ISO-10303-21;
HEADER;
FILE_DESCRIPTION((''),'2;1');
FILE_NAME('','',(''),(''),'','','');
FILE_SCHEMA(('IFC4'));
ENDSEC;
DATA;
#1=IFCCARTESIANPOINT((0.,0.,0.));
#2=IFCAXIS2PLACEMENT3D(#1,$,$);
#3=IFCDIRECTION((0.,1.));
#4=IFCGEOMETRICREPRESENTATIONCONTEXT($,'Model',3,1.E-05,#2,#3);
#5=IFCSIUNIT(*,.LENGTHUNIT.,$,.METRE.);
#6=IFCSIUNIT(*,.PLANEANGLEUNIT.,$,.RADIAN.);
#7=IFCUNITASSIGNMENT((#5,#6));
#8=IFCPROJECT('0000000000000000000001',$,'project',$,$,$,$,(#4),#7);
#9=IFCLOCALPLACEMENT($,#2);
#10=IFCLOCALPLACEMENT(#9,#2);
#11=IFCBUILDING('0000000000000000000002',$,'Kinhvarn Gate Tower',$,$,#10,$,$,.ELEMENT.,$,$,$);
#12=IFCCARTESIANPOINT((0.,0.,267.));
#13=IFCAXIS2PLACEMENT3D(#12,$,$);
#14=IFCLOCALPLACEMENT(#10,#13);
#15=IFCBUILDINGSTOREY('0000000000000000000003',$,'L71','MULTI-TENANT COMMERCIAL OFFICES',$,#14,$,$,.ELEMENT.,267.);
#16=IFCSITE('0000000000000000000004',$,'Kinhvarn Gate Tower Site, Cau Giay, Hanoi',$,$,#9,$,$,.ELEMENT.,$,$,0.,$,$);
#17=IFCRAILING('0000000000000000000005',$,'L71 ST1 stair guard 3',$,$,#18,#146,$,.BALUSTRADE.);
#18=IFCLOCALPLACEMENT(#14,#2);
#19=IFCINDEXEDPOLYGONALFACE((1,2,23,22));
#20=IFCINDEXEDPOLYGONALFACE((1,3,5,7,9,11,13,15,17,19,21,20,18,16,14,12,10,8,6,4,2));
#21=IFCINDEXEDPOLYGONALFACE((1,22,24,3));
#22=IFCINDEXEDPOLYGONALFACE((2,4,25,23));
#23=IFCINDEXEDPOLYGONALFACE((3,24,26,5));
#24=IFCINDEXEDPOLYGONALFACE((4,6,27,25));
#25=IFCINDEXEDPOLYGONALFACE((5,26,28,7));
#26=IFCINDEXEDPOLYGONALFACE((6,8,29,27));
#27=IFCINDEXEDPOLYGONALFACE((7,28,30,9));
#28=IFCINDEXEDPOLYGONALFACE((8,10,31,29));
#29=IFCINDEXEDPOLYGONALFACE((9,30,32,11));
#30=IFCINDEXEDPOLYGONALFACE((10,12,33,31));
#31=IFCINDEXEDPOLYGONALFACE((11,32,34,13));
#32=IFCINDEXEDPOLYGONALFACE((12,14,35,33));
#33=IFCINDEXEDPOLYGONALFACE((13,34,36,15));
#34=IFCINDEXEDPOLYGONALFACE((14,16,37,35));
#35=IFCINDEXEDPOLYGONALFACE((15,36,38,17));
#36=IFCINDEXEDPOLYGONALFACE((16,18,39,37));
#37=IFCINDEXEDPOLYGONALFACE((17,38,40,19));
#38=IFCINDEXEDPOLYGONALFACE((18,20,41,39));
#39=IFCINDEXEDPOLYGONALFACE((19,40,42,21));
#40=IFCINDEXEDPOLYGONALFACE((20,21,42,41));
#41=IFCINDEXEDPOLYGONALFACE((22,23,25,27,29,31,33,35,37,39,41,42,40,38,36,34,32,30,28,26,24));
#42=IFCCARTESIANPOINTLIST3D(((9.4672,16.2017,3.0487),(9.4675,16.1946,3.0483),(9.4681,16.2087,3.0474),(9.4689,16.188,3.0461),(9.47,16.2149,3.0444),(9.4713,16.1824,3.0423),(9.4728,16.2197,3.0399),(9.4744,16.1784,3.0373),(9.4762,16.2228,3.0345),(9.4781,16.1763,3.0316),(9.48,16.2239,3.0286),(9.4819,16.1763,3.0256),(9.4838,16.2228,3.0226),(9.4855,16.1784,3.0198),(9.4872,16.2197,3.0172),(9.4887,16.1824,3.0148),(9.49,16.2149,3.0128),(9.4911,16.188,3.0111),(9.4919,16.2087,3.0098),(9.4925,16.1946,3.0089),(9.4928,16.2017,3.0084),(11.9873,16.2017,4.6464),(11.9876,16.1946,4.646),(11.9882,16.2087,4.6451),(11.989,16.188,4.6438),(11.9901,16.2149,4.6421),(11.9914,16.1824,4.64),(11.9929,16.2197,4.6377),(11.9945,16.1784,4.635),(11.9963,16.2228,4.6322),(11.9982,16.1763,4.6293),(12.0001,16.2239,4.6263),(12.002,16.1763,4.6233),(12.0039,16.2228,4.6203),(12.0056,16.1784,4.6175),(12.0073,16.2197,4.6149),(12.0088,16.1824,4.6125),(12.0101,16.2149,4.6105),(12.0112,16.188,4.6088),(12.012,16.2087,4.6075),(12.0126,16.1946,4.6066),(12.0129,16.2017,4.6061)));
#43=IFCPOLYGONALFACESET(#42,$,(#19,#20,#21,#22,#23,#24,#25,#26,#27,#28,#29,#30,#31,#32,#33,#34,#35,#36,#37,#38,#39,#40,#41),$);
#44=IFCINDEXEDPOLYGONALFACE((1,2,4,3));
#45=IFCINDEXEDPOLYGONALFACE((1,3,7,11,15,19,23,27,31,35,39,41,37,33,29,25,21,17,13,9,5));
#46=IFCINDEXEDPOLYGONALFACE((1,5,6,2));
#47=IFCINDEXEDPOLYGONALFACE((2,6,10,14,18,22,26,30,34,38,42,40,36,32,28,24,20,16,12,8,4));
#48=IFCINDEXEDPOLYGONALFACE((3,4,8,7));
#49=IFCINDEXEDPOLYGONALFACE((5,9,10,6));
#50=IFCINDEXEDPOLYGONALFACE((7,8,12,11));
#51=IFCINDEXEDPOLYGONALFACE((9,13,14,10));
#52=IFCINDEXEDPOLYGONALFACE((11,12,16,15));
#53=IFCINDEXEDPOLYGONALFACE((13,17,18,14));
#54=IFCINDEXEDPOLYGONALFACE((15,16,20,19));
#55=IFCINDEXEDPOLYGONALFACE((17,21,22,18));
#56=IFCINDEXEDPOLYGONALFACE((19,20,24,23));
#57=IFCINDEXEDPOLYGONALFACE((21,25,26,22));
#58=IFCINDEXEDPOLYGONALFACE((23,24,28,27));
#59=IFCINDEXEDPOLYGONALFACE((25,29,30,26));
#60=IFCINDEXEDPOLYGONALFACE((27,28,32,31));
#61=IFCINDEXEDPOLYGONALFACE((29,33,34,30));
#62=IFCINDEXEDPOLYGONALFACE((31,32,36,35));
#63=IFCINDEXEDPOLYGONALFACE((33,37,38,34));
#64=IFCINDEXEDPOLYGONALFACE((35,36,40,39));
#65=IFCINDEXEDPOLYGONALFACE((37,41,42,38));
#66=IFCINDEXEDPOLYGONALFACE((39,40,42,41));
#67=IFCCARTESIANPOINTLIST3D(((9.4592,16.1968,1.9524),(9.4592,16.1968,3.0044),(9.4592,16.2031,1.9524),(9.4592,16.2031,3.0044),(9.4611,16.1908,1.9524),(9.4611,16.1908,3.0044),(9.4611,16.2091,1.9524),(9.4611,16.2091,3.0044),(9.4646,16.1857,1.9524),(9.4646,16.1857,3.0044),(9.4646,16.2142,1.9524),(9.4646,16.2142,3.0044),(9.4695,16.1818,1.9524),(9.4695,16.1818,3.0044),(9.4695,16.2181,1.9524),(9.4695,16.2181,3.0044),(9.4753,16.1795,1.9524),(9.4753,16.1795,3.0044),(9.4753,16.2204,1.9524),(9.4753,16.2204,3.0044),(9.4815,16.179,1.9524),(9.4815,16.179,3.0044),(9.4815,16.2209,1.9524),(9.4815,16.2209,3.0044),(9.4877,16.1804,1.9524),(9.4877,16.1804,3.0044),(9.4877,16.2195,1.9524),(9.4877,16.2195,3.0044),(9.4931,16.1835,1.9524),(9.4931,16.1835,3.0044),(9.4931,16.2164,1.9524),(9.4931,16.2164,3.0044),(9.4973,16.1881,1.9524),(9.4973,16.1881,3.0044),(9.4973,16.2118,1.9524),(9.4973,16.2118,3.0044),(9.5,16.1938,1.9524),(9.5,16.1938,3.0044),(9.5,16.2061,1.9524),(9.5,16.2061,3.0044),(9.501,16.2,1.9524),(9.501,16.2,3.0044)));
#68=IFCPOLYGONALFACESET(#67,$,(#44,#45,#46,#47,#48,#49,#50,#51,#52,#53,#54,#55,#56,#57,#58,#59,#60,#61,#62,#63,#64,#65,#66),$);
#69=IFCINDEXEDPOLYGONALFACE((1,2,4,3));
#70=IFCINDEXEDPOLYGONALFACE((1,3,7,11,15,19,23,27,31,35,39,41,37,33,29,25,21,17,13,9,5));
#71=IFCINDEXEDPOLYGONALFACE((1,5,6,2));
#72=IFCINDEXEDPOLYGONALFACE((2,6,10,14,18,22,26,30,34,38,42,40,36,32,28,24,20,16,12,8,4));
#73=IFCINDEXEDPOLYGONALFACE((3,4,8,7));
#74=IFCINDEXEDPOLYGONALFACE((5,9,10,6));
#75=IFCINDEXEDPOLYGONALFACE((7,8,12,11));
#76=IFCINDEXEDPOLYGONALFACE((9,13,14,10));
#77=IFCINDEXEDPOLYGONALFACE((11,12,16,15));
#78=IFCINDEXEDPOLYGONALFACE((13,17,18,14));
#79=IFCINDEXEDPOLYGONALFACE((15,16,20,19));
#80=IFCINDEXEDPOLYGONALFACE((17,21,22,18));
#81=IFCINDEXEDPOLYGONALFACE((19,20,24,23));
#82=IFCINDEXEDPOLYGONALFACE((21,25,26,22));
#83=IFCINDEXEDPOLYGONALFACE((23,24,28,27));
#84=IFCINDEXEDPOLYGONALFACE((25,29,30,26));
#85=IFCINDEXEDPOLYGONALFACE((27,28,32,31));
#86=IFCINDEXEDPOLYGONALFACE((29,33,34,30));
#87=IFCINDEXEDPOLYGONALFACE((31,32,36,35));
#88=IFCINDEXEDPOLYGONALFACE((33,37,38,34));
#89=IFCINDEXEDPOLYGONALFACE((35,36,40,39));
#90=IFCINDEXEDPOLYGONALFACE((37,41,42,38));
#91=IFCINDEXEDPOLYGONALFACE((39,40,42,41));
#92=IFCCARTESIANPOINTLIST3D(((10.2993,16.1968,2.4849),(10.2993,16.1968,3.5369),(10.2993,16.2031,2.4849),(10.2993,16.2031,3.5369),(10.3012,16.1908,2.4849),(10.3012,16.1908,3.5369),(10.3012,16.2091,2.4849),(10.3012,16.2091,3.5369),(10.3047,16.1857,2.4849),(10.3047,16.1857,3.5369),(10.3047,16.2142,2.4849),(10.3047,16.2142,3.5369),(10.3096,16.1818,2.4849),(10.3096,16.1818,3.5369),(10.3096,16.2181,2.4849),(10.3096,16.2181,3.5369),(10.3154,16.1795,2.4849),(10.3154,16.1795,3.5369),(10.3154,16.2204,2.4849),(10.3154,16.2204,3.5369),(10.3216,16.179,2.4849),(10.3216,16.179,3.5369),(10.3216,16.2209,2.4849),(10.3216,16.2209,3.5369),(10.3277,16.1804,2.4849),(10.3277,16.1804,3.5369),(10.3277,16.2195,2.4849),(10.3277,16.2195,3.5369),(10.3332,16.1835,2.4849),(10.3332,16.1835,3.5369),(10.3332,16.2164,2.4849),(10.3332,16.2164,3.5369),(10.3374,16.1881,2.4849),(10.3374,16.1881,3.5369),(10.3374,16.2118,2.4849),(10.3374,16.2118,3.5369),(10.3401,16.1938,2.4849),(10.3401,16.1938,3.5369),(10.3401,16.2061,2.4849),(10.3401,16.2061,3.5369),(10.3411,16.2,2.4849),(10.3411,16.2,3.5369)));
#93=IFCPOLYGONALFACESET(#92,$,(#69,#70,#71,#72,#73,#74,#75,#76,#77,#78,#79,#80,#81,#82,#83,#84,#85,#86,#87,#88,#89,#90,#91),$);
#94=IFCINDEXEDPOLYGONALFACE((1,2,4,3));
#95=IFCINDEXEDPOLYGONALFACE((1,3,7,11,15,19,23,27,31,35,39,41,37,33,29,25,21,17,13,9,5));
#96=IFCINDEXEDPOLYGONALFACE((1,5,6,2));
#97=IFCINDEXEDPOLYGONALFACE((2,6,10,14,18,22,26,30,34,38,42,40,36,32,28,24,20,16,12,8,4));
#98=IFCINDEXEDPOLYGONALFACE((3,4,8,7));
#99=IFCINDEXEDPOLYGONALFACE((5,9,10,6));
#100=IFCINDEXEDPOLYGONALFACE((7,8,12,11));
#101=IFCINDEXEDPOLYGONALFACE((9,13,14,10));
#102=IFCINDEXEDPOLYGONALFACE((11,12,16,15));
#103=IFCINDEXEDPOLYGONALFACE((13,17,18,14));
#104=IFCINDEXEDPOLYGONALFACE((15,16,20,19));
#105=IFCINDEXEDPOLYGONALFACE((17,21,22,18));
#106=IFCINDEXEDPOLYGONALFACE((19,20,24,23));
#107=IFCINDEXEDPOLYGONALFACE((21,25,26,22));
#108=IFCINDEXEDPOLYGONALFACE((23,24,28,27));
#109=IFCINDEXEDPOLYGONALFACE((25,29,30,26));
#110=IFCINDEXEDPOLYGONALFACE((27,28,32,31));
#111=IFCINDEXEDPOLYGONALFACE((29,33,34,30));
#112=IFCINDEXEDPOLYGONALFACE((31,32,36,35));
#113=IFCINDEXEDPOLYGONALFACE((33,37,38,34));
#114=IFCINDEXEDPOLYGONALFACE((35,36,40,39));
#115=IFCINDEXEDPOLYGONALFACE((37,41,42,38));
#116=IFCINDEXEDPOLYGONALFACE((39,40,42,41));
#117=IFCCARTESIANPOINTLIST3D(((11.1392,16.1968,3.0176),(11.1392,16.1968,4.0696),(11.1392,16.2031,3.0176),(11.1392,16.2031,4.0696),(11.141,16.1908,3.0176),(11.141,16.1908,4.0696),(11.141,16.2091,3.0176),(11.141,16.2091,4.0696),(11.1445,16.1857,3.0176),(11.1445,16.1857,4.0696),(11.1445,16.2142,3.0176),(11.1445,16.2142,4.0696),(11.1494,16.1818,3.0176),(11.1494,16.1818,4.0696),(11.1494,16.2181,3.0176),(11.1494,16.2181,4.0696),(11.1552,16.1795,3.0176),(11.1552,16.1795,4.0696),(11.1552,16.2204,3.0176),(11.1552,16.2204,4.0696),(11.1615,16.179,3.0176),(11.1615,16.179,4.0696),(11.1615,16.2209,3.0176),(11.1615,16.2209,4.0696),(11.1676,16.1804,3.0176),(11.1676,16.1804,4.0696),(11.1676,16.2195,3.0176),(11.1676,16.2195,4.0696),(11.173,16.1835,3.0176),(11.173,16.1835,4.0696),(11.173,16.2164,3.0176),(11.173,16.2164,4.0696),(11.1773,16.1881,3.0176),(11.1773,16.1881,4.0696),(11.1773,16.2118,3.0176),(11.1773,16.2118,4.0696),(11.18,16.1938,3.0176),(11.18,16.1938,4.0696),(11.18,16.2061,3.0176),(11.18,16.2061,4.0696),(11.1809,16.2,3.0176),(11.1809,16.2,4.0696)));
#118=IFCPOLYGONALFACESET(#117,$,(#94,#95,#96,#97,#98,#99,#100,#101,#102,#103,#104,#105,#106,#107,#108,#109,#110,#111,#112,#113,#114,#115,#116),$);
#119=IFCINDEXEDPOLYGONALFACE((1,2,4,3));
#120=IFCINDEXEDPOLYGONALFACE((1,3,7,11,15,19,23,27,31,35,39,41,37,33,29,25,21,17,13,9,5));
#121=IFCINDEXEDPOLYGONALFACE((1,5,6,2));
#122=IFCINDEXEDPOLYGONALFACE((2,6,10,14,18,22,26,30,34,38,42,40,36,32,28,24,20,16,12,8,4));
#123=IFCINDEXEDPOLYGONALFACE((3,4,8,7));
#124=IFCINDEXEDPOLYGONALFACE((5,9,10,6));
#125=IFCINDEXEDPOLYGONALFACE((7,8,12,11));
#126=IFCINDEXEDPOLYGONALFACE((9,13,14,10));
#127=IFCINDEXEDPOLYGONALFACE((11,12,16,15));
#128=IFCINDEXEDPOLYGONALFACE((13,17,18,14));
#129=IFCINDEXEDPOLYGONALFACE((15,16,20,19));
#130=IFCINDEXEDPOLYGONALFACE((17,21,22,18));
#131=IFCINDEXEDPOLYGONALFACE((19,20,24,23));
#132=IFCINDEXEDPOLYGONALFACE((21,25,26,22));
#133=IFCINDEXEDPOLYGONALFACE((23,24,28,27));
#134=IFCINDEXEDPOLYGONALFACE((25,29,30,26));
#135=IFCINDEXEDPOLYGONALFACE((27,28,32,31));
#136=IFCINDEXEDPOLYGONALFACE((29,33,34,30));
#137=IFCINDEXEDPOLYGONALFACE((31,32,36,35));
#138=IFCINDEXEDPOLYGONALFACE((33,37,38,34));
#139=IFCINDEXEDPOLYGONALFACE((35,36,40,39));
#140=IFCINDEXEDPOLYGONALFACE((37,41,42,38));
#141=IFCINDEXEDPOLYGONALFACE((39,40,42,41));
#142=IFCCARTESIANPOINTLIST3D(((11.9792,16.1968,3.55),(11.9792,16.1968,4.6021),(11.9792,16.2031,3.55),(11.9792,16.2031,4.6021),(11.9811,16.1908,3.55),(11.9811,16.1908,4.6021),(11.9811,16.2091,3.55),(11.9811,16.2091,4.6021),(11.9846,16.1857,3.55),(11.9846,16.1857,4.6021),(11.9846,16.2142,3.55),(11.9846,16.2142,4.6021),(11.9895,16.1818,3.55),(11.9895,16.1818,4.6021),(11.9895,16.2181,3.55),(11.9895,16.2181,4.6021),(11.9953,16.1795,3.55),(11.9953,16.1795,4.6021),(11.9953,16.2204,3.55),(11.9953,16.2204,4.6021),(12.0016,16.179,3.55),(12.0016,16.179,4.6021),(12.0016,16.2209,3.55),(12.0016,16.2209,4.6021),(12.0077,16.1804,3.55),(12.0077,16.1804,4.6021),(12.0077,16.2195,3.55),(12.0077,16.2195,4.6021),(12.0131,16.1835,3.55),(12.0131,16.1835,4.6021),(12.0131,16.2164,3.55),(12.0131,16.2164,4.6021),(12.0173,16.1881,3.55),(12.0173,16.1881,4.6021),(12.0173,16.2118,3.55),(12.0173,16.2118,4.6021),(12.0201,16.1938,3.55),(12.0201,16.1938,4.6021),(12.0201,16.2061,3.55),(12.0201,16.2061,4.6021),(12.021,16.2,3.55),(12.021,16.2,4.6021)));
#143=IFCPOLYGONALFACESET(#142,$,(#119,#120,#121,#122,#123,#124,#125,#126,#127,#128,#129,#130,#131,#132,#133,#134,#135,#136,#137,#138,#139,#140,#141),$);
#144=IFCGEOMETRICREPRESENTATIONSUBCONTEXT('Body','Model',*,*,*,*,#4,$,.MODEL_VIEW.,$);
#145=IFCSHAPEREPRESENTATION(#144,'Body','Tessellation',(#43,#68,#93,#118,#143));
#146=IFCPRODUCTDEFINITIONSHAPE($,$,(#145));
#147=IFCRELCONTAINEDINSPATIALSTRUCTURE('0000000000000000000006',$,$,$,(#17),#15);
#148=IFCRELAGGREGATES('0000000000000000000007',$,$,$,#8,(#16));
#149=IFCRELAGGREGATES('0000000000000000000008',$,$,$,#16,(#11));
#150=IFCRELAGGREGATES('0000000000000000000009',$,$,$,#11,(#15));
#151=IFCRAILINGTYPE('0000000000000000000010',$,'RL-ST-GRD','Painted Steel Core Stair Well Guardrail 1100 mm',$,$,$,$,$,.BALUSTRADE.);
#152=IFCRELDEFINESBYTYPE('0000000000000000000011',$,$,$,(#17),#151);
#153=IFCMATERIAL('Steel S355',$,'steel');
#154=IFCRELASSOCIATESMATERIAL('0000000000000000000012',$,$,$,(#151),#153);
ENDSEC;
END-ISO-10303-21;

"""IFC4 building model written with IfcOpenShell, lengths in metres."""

from ifc_helpers import new_model, si_unit, direction, frame, origin, origin_2d, place, context, subcontext, project, spatial, circle, extrude, material, type_object, element, save


model = new_model("IFC4")

# Units and contexts
model_context = context("Model", 3, precision=1e-05, world=origin(), true_north=direction((0.0, 1.0)))
body_context = subcontext(model_context, "Body", "Model", "MODEL_VIEW")
ifc_project = project(units=[si_unit("LENGTHUNIT", "METRE"), si_unit("PLANEANGLEUNIT", "RADIAN")], contexts=[model_context])

# Site, building, storey
site_placement = place(None, origin())
site = spatial("IfcSite", under=ifc_project, at=site_placement, Name="Kinhvarn Gate Tower Site, Cau Giay, Hanoi", CompositionType="ELEMENT", RefElevation=0.0)
building_placement = place(site_placement, origin())
building = spatial("IfcBuilding", under=site, at=building_placement, Name="Kinhvarn Gate Tower", CompositionType="ELEMENT")
storey_placement = place(building_placement, frame((0.0, 0.0, 267.0)))
storey = spatial("IfcBuildingStorey", under=building, at=storey_placement, Name="L71", Description="MULTI-TENANT COMMERCIAL OFFICES", CompositionType="ELEMENT", Elevation=267.0)

# Shared definitions
ifc_material_1 = material(Name="Steel S355", Category="steel")

# Railing
railing_type_1 = type_object("IfcRailingType", Name="RL-ST-GRD", Description="Painted Steel Core Stair Well Guardrail 1100 mm", PredefinedType="BALUSTRADE", material=ifc_material_1)
railing_1_placement = place(storey_placement, frame((9.48, 16.2, 1.9524)))
element("IfcRailing", 1, at=railing_1_placement, inside=storey, type_object=railing_type_1, Name="L71 ST1 stair guard 3", PredefinedType="BALUSTRADE", context=body_context, shape_type="SweptSolid", body=[
    extrude(circle(Radius=0.0239, at=origin_2d()), frame((0.0, 0.0, 1.0762), z_axis=(0.84457, 0.0, 0.535445), x_axis=(0.0, 1.0, 0.0)), (0.0, 0.0, 1.0), 2.9839),
    extrude(circle(Radius=0.021, at=origin_2d()), origin(), (0.0, 0.0, 1.0), 1.052),
    extrude(circle(Radius=0.021, at=origin_2d()), frame((0.8401, 0.0, 0.5325)), (0.0, 0.0, 1.0), 1.052),
    extrude(circle(Radius=0.021, at=origin_2d()), frame((1.6799, 0.0, 1.0652)), (0.0, 0.0, 1.0), 1.052),
    extrude(circle(Radius=0.021, at=origin_2d()), frame((2.52, 0.0, 1.5977)), (0.0, 0.0, 1.0), 1.052),
])

save(model, "model.ifc")
